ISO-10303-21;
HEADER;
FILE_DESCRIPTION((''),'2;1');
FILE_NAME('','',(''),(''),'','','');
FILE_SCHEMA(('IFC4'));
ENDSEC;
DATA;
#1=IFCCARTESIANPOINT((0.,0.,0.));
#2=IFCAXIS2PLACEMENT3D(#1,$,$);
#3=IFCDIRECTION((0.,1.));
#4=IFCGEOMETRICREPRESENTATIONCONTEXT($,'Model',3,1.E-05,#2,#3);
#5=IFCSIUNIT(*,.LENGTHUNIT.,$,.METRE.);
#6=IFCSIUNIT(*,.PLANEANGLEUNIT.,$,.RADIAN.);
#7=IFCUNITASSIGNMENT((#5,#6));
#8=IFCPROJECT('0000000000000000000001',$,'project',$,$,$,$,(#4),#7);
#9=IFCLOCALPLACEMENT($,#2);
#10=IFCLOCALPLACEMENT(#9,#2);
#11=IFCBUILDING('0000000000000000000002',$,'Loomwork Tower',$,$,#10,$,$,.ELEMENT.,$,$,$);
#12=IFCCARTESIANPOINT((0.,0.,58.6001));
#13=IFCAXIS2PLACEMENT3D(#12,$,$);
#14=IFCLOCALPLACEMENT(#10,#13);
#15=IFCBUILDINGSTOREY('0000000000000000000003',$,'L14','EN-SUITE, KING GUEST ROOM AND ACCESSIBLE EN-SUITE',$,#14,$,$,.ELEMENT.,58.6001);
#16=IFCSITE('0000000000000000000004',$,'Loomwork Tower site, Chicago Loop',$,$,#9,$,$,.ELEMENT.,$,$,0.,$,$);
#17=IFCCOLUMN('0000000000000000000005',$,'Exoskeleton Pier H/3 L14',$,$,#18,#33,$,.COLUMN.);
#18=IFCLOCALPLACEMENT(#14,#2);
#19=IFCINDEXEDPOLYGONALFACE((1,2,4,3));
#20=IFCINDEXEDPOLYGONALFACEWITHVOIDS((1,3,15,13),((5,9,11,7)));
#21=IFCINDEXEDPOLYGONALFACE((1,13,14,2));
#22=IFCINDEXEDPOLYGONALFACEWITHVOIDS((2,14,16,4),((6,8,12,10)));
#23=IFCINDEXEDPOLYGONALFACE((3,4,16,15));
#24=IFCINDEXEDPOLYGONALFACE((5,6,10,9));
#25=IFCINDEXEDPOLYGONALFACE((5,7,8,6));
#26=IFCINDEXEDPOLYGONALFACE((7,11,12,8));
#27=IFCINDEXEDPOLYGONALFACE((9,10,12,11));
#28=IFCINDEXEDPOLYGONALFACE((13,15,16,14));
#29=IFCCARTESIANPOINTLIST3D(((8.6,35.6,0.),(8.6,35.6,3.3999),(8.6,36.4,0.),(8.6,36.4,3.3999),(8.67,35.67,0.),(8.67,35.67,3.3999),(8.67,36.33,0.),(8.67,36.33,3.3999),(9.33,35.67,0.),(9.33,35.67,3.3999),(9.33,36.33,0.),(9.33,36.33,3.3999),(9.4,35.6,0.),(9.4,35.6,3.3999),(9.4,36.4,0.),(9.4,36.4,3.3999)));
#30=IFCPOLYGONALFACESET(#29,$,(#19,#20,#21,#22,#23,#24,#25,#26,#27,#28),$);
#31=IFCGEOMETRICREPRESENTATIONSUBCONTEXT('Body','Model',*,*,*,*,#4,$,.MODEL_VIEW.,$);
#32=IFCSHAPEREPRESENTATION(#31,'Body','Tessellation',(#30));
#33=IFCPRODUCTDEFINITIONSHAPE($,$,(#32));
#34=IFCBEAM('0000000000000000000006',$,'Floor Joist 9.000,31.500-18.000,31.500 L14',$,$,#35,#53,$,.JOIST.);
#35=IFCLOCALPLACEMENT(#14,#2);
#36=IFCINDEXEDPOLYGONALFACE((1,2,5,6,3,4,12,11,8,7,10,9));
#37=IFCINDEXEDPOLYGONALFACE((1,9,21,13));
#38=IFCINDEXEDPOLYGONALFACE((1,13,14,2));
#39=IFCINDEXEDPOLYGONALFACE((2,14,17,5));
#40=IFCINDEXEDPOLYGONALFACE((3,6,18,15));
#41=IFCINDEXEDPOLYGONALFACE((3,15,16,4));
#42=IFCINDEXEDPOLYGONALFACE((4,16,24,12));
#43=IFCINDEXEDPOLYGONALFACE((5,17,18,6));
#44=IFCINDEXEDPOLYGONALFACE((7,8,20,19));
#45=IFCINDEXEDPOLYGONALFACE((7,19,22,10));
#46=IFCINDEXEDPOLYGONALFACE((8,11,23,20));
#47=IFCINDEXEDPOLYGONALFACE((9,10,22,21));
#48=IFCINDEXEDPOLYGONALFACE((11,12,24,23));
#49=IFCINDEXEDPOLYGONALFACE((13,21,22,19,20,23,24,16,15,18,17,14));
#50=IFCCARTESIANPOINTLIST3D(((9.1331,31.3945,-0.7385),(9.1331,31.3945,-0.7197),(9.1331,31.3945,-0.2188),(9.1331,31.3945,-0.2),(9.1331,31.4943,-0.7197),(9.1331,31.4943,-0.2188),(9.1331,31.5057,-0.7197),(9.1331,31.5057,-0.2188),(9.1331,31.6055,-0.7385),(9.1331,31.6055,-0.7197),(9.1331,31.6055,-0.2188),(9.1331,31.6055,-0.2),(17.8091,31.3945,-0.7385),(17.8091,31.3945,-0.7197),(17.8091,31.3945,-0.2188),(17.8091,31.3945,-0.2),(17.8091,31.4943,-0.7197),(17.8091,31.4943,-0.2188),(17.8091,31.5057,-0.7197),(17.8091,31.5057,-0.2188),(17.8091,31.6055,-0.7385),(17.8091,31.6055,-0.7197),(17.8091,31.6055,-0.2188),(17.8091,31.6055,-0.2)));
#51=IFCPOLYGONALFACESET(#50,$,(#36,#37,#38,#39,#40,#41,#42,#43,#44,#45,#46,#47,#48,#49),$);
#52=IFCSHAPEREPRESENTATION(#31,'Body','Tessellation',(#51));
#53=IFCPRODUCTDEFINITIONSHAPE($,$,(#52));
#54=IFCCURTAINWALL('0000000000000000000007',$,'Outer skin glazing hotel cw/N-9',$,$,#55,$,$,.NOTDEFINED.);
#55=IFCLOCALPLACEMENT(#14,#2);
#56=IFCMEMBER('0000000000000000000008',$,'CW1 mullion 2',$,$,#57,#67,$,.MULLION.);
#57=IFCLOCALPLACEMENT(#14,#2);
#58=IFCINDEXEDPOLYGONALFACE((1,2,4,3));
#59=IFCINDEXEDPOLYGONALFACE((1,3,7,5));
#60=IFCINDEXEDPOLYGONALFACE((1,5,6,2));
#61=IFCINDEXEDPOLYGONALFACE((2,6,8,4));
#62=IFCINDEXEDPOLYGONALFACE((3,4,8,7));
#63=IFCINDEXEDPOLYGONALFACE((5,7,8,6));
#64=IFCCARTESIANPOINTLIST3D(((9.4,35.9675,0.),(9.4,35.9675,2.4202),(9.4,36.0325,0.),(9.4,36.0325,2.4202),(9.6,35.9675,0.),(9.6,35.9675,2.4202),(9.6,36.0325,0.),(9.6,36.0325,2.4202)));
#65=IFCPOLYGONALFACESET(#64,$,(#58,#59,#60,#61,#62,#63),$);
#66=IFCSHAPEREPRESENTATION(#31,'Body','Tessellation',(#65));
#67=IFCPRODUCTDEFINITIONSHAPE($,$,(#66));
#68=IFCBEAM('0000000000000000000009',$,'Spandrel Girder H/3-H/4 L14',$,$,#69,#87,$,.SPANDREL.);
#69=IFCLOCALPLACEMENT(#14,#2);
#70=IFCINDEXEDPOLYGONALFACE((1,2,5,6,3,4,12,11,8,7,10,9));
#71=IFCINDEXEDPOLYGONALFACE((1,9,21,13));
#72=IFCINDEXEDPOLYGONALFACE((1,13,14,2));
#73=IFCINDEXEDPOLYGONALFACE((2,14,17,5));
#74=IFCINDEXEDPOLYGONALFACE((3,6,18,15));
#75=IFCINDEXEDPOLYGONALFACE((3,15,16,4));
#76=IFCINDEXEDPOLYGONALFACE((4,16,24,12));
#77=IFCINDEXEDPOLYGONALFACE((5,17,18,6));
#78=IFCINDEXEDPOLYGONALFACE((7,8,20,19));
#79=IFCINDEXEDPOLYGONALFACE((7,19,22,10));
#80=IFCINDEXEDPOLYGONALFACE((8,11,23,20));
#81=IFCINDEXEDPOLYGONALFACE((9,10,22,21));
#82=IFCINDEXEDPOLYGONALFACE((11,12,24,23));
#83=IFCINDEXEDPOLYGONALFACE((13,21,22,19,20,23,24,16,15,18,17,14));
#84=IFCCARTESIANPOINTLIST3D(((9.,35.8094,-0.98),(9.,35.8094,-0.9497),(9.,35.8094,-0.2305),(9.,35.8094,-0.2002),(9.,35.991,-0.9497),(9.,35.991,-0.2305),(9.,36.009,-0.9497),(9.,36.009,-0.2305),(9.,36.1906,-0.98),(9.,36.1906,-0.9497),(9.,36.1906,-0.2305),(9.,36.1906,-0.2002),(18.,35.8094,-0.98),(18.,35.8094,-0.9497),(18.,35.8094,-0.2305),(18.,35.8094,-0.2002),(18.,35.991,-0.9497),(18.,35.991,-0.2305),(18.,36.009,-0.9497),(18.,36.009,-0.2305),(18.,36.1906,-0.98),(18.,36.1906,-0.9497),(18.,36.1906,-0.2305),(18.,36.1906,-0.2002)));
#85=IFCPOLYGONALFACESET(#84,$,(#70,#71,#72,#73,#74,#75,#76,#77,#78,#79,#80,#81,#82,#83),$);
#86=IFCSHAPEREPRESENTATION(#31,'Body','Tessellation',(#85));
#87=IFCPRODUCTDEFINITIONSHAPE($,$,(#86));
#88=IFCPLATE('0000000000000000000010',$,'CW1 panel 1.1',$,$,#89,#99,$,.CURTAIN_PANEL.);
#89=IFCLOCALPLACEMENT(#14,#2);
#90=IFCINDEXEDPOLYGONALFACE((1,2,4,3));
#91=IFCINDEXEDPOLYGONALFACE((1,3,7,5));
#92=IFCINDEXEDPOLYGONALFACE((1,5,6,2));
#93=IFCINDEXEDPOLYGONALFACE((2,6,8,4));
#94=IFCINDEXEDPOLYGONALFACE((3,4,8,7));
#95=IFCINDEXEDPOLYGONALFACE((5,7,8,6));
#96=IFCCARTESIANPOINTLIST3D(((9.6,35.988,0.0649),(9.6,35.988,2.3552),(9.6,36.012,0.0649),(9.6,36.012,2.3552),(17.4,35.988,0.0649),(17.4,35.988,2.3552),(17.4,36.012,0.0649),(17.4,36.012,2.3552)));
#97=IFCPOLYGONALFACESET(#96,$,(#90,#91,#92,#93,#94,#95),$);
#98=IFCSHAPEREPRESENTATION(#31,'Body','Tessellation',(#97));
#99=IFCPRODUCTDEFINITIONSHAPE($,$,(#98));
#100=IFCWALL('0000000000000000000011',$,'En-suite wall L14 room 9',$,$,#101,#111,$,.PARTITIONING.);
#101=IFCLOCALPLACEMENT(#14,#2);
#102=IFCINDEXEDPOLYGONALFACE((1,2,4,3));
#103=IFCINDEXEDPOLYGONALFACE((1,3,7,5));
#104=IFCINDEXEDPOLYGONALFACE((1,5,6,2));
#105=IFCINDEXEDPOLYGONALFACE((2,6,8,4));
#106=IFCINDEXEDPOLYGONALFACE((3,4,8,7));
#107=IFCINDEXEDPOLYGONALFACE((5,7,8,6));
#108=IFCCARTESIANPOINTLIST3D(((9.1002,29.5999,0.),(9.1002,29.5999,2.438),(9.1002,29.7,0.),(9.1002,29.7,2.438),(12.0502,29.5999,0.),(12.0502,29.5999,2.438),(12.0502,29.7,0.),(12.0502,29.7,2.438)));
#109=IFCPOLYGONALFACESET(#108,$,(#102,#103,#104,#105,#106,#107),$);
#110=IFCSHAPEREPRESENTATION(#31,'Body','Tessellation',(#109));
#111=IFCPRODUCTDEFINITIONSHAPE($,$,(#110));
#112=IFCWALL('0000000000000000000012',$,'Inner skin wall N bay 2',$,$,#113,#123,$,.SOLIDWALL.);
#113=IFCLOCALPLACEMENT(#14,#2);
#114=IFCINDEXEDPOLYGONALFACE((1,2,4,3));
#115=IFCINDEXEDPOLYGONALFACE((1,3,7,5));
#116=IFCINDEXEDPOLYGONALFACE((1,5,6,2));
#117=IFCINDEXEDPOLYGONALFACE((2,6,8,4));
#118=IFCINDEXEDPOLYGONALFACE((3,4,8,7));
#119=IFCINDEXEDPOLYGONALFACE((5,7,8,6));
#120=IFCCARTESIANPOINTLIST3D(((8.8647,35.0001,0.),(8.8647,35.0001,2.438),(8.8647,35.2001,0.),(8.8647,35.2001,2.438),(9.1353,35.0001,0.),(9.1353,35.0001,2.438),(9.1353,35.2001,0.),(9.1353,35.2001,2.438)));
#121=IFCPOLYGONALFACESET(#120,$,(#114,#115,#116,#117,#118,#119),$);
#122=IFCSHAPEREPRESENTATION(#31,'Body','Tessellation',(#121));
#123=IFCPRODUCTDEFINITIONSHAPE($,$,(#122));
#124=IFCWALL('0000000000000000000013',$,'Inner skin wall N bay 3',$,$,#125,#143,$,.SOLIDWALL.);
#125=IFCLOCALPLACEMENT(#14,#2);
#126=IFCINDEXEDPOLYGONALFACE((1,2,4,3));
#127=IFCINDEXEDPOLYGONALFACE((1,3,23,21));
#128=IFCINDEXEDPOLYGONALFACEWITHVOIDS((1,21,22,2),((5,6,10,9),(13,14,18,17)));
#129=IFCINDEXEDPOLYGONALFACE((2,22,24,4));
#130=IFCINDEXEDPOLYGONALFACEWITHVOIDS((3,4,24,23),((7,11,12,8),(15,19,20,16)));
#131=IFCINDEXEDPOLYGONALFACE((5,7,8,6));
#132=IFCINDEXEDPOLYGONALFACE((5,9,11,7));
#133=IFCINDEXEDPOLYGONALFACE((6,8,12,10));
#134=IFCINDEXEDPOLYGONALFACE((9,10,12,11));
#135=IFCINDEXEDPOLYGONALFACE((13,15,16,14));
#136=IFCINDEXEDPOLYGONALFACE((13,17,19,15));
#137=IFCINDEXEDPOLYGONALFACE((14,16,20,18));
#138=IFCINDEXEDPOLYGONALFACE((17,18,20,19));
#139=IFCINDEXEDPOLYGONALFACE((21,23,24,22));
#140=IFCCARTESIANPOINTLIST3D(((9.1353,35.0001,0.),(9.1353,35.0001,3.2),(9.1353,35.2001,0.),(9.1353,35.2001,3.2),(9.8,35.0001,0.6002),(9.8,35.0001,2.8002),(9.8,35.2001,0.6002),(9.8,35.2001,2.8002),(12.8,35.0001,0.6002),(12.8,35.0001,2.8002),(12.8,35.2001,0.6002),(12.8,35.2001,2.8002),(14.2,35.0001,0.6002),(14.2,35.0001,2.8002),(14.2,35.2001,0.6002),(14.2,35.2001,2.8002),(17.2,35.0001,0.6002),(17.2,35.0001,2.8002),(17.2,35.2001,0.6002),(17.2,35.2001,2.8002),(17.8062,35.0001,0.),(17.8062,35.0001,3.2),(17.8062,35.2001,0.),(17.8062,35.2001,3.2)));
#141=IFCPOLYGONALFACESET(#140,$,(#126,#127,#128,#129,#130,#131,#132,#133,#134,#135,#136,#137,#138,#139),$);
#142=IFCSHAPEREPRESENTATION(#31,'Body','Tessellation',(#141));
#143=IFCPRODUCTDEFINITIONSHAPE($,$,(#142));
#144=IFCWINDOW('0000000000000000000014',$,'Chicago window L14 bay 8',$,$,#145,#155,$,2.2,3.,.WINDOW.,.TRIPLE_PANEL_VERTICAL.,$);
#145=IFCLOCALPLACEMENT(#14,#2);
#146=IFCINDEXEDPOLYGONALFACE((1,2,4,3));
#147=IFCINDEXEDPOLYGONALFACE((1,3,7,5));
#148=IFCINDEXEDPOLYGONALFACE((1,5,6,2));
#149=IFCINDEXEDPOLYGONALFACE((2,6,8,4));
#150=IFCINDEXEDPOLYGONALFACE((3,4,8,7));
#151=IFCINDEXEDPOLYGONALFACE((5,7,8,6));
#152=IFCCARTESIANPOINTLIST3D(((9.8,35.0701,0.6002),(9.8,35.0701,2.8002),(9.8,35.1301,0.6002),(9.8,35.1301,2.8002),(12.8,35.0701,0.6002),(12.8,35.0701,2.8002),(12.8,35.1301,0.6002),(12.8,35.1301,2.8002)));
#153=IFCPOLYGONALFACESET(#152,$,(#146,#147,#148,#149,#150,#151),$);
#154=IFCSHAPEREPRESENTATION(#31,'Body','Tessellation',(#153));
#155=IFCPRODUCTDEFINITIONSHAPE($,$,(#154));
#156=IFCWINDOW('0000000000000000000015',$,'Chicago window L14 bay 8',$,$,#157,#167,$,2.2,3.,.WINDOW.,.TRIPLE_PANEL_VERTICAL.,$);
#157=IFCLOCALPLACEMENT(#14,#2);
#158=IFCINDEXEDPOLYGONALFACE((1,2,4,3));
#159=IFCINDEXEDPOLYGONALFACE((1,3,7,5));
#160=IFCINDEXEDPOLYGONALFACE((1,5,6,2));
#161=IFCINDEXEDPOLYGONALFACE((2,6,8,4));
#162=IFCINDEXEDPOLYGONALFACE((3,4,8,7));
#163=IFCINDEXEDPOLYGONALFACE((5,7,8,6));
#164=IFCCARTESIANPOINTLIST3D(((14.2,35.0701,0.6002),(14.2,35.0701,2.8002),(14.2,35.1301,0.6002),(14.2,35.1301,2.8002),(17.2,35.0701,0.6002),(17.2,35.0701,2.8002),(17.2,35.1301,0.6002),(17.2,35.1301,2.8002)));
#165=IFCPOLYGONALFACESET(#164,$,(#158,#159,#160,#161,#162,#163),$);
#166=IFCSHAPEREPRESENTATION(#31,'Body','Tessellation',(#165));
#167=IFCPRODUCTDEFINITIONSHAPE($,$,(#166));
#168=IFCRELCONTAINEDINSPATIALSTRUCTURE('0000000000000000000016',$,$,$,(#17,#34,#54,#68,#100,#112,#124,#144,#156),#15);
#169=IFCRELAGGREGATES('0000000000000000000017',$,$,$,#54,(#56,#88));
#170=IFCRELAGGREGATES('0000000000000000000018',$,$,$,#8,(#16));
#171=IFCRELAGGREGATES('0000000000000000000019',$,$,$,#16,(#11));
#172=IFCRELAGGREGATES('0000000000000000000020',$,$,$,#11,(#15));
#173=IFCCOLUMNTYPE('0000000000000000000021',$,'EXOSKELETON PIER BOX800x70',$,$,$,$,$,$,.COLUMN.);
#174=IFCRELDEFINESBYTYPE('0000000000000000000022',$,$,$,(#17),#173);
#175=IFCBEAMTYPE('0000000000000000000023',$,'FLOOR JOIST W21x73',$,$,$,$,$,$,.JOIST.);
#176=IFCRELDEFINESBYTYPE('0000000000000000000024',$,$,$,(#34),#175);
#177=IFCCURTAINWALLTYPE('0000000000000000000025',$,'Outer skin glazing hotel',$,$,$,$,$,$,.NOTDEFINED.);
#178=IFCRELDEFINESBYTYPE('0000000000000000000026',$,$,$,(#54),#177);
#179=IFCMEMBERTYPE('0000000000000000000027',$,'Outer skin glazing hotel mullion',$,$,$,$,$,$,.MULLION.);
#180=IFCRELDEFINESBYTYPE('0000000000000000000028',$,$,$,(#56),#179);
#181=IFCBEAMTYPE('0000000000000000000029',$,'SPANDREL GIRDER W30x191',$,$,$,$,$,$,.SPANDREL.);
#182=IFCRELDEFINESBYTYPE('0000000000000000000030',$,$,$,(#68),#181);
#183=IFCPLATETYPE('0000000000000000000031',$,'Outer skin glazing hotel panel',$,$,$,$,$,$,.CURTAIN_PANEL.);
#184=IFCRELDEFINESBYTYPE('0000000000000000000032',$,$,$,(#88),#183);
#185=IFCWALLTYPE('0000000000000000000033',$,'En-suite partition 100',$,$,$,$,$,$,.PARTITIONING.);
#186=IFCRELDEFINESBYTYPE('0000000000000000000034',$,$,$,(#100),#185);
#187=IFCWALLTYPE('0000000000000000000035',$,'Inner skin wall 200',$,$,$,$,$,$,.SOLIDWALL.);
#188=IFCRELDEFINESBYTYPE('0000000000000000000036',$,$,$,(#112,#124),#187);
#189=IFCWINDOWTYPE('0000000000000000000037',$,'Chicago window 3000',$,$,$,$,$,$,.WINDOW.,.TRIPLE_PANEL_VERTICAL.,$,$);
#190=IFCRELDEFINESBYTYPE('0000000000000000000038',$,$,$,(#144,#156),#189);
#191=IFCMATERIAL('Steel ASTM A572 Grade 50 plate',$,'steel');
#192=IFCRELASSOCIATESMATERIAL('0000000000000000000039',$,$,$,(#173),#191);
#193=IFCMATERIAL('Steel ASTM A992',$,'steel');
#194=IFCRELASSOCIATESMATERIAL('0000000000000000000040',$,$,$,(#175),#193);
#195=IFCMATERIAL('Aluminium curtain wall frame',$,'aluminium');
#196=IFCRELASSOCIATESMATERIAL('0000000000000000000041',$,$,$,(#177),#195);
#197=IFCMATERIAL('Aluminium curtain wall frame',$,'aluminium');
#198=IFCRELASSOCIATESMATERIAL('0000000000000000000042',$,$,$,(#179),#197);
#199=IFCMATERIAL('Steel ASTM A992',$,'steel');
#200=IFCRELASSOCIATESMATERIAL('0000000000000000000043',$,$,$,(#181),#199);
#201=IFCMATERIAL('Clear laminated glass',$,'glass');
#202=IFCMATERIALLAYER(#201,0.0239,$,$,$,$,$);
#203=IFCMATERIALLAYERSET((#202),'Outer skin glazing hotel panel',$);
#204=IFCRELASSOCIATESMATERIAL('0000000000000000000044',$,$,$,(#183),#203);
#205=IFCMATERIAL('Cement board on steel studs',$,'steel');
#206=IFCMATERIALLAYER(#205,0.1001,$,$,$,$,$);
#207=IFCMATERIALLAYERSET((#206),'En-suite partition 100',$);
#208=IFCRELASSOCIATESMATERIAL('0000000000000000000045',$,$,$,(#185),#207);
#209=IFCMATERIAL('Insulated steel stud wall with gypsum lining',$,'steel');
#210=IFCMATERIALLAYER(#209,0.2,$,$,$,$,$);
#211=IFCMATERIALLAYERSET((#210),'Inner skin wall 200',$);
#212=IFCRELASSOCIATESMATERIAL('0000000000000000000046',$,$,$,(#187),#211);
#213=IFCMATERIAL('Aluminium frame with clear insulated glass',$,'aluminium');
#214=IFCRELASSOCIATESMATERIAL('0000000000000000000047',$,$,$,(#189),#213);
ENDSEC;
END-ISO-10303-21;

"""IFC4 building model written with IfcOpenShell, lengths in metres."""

from ifc_helpers import new_model, si_unit, direction, frame, frame_2d, origin, origin_2d, place, context, subcontext, project, spatial, rectangle, hollow_rectangle, i_section, extrude, material, layer, layer_set, material_profile, profile_set, type_object, element, fill, aggregate, save


model = new_model("IFC4")

# Units and contexts
model_context = context("Model", 3, precision=1e-05, world=origin(), true_north=direction((0.0, 1.0)))
body_context = subcontext(model_context, "Body", "Model", "MODEL_VIEW")
ifc_project = project(units=[si_unit("LENGTHUNIT", "METRE"), si_unit("PLANEANGLEUNIT", "RADIAN")], contexts=[model_context])

# Site, building, storey
site_placement = place(None, origin())
site = spatial("IfcSite", under=ifc_project, at=site_placement, Name="Loomwork Tower site, Chicago Loop", CompositionType="ELEMENT", RefElevation=0.0)
building_placement = place(site_placement, origin())
building = spatial("IfcBuilding", under=site, at=building_placement, Name="Loomwork Tower", CompositionType="ELEMENT")
storey_placement = place(building_placement, frame((0.0, 0.0, 58.6001)))
storey = spatial("IfcBuildingStorey", under=building, at=storey_placement, Name="L14", Description="EN-SUITE, KING GUEST ROOM AND ACCESSIBLE EN-SUITE", CompositionType="ELEMENT", Elevation=58.6001)

# Column
ifc_material_1 = material(Name="Steel ASTM A572 Grade 50 plate", Category="steel")
ifc_material_profile_1 = material_profile(ifc_material_1, hollow_rectangle(XDim=0.8, YDim=0.8, WallThickness=0.0701, at=origin_2d()), Name="BOX800x70")
ifc_profile_set_1 = profile_set([ifc_material_profile_1], Name="Steel ASTM A572 Grade 50 plate")
column_type = type_object("IfcColumnType", Name="EXOSKELETON PIER BOX800x70", PredefinedType="COLUMN", material=ifc_profile_set_1)
column_placement = place(storey_placement, frame((9.0, 36.0, 0.0), z_axis=(0.0, 0.0, 1.0), x_axis=(1.0, 0.0, 0.0)))
element("IfcColumn", 1, at=column_placement, inside=storey, type_object=column_type, Name="Exoskeleton Pier H/3 L14", PredefinedType="COLUMN", context=body_context, shape_type="SweptSolid", body=[
    extrude(hollow_rectangle(XDim=0.8, YDim=0.8, WallThickness=0.0701, at=origin_2d()), origin(), (0.0, 0.0, 1.0), 3.3999),
])

# Beam
ifc_material_2 = material(Name="Steel ASTM A992", Category="steel")
ifc_material_profile_2 = material_profile(ifc_material_2, i_section(OverallWidth=0.2109, OverallDepth=0.5386, WebThickness=0.0115, FlangeThickness=0.0188, at=origin_2d()), Name="W21x73")
ifc_profile_set_2 = profile_set([ifc_material_profile_2], Name="Steel ASTM A992")
beam_type_1 = type_object("IfcBeamType", Name="FLOOR JOIST W21x73", PredefinedType="JOIST", material=ifc_profile_set_2)
beam_1_placement = place(storey_placement, frame((9.1331, 31.5, -0.4692), z_axis=(1.0, 0.0, 0.0), x_axis=(0.0, 1.0, 0.0)))
element("IfcBeam", 2, at=beam_1_placement, inside=storey, type_object=beam_type_1, Name="Floor Joist 9.000,31.500-18.000,31.500 L14", PredefinedType="JOIST", context=body_context, shape_type="SweptSolid", body=[
    extrude(i_section(OverallWidth=0.2109, OverallDepth=0.5386, WebThickness=0.0115, FlangeThickness=0.0188, at=origin_2d()), origin(), (0.0, 0.0, 1.0), 8.676),
])

# Curtain wall, member
ifc_material_3 = material(Name="Aluminium curtain wall frame", Category="aluminium")
curtain_wall_type = type_object("IfcCurtainWallType", Name="Outer skin glazing hotel", PredefinedType="NOTDEFINED", material=ifc_material_3)
curtain_wall_placement = place(storey_placement, origin())
curtain_wall = element("IfcCurtainWall", 3, at=curtain_wall_placement, inside=storey, type_object=curtain_wall_type, Name="Outer skin glazing hotel cw/N-9", PredefinedType="NOTDEFINED")
ifc_material_4 = material(Name="Aluminium curtain wall frame", Category="aluminium")
ifc_material_profile_3 = material_profile(ifc_material_4, rectangle(XDim=0.0649, YDim=0.2, at=origin_2d()), Name="AL 65x200")
ifc_profile_set_3 = profile_set([ifc_material_profile_3], Name="Aluminium curtain wall frame")
member_type = type_object("IfcMemberType", Name="Outer skin glazing hotel mullion", PredefinedType="MULLION", material=ifc_profile_set_3)
member_placement = place(storey_placement, frame((9.5, 36.0, 0.0), z_axis=(0.0, 0.0, 1.0), x_axis=(0.0, -1.0, 0.0)))
member = element("IfcMember", 4, at=member_placement, type_object=member_type, Name="CW1 mullion 2", PredefinedType="MULLION", context=body_context, shape_type="SweptSolid", body=[
    extrude(rectangle(XDim=0.0649, YDim=0.2, at=origin_2d()), origin(), (0.0, 0.0, 1.0), 2.4202),
])

# Beam
ifc_material_5 = material(Name="Steel ASTM A992", Category="steel")
ifc_material_profile_4 = material_profile(ifc_material_5, i_section(OverallWidth=0.3811, OverallDepth=0.7798, WebThickness=0.0181, FlangeThickness=0.0303, at=origin_2d()), Name="W30x191")
ifc_profile_set_4 = profile_set([ifc_material_profile_4], Name="Steel ASTM A992")
beam_type_2 = type_object("IfcBeamType", Name="SPANDREL GIRDER W30x191", PredefinedType="SPANDREL", material=ifc_profile_set_4)
beam_2_placement = place(storey_placement, frame((9.0, 36.0, -0.5901), z_axis=(1.0, 0.0, 0.0), x_axis=(0.0, 1.0, 0.0)))
element("IfcBeam", 5, at=beam_2_placement, inside=storey, type_object=beam_type_2, Name="Spandrel Girder H/3-H/4 L14", PredefinedType="SPANDREL", context=body_context, shape_type="SweptSolid", body=[
    extrude(i_section(OverallWidth=0.3811, OverallDepth=0.7798, WebThickness=0.0181, FlangeThickness=0.0303, at=origin_2d()), origin(), (0.0, 0.0, 1.0), 9.0),
])

# Plate
ifc_material_6 = material(Name="Clear laminated glass", Category="glass")
ifc_layer_1 = layer(ifc_material_6, 0.0239)
ifc_layer_set_1 = layer_set([ifc_layer_1], Name="Outer skin glazing hotel panel")
plate_type = type_object("IfcPlateType", Name="Outer skin glazing hotel panel", PredefinedType="CURTAIN_PANEL", material=ifc_layer_set_1)
plate_placement = place(storey_placement, frame((13.5, 36.0, 0.0649), z_axis=(0.0, 0.0, 1.0), x_axis=(-1.0, 0.0, 0.0)))
plate = element("IfcPlate", 6, at=plate_placement, type_object=plate_type, Name="CW1 panel 1.1", PredefinedType="CURTAIN_PANEL", context=body_context, shape_type="SweptSolid", body=[
    extrude(rectangle(XDim=7.8, YDim=0.0239, at=origin_2d()), origin(), (0.0, 0.0, 1.0), 2.2903),
])
aggregate(curtain_wall, [member, plate])

# Walls
ifc_material_7 = material(Name="Cement board on steel studs", Category="steel")
ifc_layer_2 = layer(ifc_material_7, 0.1001)
ifc_layer_set_2 = layer_set([ifc_layer_2], Name="En-suite partition 100")
wall_type_1 = type_object("IfcWallType", Name="En-suite partition 100", PredefinedType="PARTITIONING", material=ifc_layer_set_2)
wall_1_placement = place(storey_placement, frame((9.1001, 29.6499, 0.0), z_axis=(0.0, 0.0, 1.0), x_axis=(1.0, 0.0, 0.0)))
element("IfcWall", 7, at=wall_1_placement, inside=storey, type_object=wall_type_1, Name="En-suite wall L14 room 9", PredefinedType="PARTITIONING", context=body_context, shape_type="SweptSolid", body=[
    extrude(rectangle(XDim=2.95, YDim=0.1001, at=frame_2d((1.4751, 0.0))), origin(), (0.0, 0.0, 1.0), 2.438),
])
ifc_material_8 = material(Name="Insulated steel stud wall with gypsum lining", Category="steel")
ifc_layer_3 = layer(ifc_material_8, 0.2)
ifc_layer_set_3 = layer_set([ifc_layer_3], Name="Inner skin wall 200")
wall_type_2 = type_object("IfcWallType", Name="Inner skin wall 200", PredefinedType="SOLIDWALL", material=ifc_layer_set_3)
wall_2_placement = place(storey_placement, frame((8.8647, 35.1001, 0.0), z_axis=(0.0, 0.0, 1.0), x_axis=(1.0, 0.0, 0.0)))
element("IfcWall", 8, at=wall_2_placement, inside=storey, type_object=wall_type_2, Name="Inner skin wall N bay 2", PredefinedType="SOLIDWALL", context=body_context, shape_type="SweptSolid", body=[
    extrude(rectangle(XDim=0.2705, YDim=0.2, at=frame_2d((0.1353, 0.0))), origin(), (0.0, 0.0, 1.0), 2.438),
])

# Wall, openings, windows
wall_3_placement = place(storey_placement, frame((9.1353, 35.1001, 0.0), z_axis=(0.0, 0.0, 1.0), x_axis=(1.0, 0.0, 0.0)))
wall_3 = element("IfcWall", 9, at=wall_3_placement, inside=storey, type_object=wall_type_2, Name="Inner skin wall N bay 3", PredefinedType="SOLIDWALL", context=body_context, shape_type="SweptSolid", body=[
    extrude(rectangle(XDim=8.6709, YDim=0.2, at=frame_2d((4.3354, 0.0))), origin(), (0.0, 0.0, 1.0), 3.2),
])
opening_1_placement = place(wall_3_placement, frame((0.6648, 0.0, 0.6001)))
opening_1 = element("IfcOpeningElement", 10, at=opening_1_placement, cuts=wall_3, PredefinedType="OPENING", context=body_context, shape_type="SweptSolid", body=[
    extrude(rectangle(XDim=3.0, YDim=2.2, at=frame_2d((1.5, 1.1001))), frame((0.0, 0.1099, 0.0), z_axis=(0.0, -1.0, 0.0), x_axis=(1.0, 0.0, 0.0)), (0.0, 0.0, 1.0), 0.22),
])
opening_2_placement = place(wall_3_placement, frame((5.0647, 0.0, 0.6001)))
opening_2 = element("IfcOpeningElement", 11, at=opening_2_placement, cuts=wall_3, PredefinedType="OPENING", context=body_context, shape_type="SweptSolid", body=[
    extrude(rectangle(XDim=3.0, YDim=2.2, at=frame_2d((1.5, 1.1001))), frame((0.0, 0.1099, 0.0), z_axis=(0.0, -1.0, 0.0), x_axis=(1.0, 0.0, 0.0)), (0.0, 0.0, 1.0), 0.22),
])
ifc_material_9 = material(Name="Aluminium frame with clear insulated glass", Category="aluminium")
window_type = type_object("IfcWindowType", Name="Chicago window 3000", PartitioningType="TRIPLE_PANEL_VERTICAL", PredefinedType="WINDOW", material=ifc_material_9)
window_1_placement = place(opening_1_placement, origin())
window_1 = element("IfcWindow", 12, at=window_1_placement, inside=storey, type_object=window_type, Name="Chicago window L14 bay 8", OverallHeight=2.2, OverallWidth=3.0, PartitioningType="TRIPLE_PANEL_VERTICAL", PredefinedType="WINDOW", context=body_context, shape_type="SweptSolid", body=[
    extrude(rectangle(XDim=3.0, YDim=2.2, at=frame_2d((1.5, 1.1001))), frame((0.0, 0.03, 0.0), z_axis=(0.0, -1.0, 0.0), x_axis=(1.0, 0.0, 0.0)), (0.0, 0.0, 1.0), 0.0601),
])
fill(opening_1, window_1)
window_2_placement = place(opening_2_placement, origin())
window_2 = element("IfcWindow", 13, at=window_2_placement, inside=storey, type_object=window_type, Name="Chicago window L14 bay 8", OverallHeight=2.2, OverallWidth=3.0, PartitioningType="TRIPLE_PANEL_VERTICAL", PredefinedType="WINDOW", context=body_context, shape_type="SweptSolid", body=[
    extrude(rectangle(XDim=3.0, YDim=2.2, at=frame_2d((1.5, 1.1001))), frame((0.0, 0.03, 0.0), z_axis=(0.0, -1.0, 0.0), x_axis=(1.0, 0.0, 0.0)), (0.0, 0.0, 1.0), 0.0601),
])
fill(opening_2, window_2)

save(model, "model.ifc")
